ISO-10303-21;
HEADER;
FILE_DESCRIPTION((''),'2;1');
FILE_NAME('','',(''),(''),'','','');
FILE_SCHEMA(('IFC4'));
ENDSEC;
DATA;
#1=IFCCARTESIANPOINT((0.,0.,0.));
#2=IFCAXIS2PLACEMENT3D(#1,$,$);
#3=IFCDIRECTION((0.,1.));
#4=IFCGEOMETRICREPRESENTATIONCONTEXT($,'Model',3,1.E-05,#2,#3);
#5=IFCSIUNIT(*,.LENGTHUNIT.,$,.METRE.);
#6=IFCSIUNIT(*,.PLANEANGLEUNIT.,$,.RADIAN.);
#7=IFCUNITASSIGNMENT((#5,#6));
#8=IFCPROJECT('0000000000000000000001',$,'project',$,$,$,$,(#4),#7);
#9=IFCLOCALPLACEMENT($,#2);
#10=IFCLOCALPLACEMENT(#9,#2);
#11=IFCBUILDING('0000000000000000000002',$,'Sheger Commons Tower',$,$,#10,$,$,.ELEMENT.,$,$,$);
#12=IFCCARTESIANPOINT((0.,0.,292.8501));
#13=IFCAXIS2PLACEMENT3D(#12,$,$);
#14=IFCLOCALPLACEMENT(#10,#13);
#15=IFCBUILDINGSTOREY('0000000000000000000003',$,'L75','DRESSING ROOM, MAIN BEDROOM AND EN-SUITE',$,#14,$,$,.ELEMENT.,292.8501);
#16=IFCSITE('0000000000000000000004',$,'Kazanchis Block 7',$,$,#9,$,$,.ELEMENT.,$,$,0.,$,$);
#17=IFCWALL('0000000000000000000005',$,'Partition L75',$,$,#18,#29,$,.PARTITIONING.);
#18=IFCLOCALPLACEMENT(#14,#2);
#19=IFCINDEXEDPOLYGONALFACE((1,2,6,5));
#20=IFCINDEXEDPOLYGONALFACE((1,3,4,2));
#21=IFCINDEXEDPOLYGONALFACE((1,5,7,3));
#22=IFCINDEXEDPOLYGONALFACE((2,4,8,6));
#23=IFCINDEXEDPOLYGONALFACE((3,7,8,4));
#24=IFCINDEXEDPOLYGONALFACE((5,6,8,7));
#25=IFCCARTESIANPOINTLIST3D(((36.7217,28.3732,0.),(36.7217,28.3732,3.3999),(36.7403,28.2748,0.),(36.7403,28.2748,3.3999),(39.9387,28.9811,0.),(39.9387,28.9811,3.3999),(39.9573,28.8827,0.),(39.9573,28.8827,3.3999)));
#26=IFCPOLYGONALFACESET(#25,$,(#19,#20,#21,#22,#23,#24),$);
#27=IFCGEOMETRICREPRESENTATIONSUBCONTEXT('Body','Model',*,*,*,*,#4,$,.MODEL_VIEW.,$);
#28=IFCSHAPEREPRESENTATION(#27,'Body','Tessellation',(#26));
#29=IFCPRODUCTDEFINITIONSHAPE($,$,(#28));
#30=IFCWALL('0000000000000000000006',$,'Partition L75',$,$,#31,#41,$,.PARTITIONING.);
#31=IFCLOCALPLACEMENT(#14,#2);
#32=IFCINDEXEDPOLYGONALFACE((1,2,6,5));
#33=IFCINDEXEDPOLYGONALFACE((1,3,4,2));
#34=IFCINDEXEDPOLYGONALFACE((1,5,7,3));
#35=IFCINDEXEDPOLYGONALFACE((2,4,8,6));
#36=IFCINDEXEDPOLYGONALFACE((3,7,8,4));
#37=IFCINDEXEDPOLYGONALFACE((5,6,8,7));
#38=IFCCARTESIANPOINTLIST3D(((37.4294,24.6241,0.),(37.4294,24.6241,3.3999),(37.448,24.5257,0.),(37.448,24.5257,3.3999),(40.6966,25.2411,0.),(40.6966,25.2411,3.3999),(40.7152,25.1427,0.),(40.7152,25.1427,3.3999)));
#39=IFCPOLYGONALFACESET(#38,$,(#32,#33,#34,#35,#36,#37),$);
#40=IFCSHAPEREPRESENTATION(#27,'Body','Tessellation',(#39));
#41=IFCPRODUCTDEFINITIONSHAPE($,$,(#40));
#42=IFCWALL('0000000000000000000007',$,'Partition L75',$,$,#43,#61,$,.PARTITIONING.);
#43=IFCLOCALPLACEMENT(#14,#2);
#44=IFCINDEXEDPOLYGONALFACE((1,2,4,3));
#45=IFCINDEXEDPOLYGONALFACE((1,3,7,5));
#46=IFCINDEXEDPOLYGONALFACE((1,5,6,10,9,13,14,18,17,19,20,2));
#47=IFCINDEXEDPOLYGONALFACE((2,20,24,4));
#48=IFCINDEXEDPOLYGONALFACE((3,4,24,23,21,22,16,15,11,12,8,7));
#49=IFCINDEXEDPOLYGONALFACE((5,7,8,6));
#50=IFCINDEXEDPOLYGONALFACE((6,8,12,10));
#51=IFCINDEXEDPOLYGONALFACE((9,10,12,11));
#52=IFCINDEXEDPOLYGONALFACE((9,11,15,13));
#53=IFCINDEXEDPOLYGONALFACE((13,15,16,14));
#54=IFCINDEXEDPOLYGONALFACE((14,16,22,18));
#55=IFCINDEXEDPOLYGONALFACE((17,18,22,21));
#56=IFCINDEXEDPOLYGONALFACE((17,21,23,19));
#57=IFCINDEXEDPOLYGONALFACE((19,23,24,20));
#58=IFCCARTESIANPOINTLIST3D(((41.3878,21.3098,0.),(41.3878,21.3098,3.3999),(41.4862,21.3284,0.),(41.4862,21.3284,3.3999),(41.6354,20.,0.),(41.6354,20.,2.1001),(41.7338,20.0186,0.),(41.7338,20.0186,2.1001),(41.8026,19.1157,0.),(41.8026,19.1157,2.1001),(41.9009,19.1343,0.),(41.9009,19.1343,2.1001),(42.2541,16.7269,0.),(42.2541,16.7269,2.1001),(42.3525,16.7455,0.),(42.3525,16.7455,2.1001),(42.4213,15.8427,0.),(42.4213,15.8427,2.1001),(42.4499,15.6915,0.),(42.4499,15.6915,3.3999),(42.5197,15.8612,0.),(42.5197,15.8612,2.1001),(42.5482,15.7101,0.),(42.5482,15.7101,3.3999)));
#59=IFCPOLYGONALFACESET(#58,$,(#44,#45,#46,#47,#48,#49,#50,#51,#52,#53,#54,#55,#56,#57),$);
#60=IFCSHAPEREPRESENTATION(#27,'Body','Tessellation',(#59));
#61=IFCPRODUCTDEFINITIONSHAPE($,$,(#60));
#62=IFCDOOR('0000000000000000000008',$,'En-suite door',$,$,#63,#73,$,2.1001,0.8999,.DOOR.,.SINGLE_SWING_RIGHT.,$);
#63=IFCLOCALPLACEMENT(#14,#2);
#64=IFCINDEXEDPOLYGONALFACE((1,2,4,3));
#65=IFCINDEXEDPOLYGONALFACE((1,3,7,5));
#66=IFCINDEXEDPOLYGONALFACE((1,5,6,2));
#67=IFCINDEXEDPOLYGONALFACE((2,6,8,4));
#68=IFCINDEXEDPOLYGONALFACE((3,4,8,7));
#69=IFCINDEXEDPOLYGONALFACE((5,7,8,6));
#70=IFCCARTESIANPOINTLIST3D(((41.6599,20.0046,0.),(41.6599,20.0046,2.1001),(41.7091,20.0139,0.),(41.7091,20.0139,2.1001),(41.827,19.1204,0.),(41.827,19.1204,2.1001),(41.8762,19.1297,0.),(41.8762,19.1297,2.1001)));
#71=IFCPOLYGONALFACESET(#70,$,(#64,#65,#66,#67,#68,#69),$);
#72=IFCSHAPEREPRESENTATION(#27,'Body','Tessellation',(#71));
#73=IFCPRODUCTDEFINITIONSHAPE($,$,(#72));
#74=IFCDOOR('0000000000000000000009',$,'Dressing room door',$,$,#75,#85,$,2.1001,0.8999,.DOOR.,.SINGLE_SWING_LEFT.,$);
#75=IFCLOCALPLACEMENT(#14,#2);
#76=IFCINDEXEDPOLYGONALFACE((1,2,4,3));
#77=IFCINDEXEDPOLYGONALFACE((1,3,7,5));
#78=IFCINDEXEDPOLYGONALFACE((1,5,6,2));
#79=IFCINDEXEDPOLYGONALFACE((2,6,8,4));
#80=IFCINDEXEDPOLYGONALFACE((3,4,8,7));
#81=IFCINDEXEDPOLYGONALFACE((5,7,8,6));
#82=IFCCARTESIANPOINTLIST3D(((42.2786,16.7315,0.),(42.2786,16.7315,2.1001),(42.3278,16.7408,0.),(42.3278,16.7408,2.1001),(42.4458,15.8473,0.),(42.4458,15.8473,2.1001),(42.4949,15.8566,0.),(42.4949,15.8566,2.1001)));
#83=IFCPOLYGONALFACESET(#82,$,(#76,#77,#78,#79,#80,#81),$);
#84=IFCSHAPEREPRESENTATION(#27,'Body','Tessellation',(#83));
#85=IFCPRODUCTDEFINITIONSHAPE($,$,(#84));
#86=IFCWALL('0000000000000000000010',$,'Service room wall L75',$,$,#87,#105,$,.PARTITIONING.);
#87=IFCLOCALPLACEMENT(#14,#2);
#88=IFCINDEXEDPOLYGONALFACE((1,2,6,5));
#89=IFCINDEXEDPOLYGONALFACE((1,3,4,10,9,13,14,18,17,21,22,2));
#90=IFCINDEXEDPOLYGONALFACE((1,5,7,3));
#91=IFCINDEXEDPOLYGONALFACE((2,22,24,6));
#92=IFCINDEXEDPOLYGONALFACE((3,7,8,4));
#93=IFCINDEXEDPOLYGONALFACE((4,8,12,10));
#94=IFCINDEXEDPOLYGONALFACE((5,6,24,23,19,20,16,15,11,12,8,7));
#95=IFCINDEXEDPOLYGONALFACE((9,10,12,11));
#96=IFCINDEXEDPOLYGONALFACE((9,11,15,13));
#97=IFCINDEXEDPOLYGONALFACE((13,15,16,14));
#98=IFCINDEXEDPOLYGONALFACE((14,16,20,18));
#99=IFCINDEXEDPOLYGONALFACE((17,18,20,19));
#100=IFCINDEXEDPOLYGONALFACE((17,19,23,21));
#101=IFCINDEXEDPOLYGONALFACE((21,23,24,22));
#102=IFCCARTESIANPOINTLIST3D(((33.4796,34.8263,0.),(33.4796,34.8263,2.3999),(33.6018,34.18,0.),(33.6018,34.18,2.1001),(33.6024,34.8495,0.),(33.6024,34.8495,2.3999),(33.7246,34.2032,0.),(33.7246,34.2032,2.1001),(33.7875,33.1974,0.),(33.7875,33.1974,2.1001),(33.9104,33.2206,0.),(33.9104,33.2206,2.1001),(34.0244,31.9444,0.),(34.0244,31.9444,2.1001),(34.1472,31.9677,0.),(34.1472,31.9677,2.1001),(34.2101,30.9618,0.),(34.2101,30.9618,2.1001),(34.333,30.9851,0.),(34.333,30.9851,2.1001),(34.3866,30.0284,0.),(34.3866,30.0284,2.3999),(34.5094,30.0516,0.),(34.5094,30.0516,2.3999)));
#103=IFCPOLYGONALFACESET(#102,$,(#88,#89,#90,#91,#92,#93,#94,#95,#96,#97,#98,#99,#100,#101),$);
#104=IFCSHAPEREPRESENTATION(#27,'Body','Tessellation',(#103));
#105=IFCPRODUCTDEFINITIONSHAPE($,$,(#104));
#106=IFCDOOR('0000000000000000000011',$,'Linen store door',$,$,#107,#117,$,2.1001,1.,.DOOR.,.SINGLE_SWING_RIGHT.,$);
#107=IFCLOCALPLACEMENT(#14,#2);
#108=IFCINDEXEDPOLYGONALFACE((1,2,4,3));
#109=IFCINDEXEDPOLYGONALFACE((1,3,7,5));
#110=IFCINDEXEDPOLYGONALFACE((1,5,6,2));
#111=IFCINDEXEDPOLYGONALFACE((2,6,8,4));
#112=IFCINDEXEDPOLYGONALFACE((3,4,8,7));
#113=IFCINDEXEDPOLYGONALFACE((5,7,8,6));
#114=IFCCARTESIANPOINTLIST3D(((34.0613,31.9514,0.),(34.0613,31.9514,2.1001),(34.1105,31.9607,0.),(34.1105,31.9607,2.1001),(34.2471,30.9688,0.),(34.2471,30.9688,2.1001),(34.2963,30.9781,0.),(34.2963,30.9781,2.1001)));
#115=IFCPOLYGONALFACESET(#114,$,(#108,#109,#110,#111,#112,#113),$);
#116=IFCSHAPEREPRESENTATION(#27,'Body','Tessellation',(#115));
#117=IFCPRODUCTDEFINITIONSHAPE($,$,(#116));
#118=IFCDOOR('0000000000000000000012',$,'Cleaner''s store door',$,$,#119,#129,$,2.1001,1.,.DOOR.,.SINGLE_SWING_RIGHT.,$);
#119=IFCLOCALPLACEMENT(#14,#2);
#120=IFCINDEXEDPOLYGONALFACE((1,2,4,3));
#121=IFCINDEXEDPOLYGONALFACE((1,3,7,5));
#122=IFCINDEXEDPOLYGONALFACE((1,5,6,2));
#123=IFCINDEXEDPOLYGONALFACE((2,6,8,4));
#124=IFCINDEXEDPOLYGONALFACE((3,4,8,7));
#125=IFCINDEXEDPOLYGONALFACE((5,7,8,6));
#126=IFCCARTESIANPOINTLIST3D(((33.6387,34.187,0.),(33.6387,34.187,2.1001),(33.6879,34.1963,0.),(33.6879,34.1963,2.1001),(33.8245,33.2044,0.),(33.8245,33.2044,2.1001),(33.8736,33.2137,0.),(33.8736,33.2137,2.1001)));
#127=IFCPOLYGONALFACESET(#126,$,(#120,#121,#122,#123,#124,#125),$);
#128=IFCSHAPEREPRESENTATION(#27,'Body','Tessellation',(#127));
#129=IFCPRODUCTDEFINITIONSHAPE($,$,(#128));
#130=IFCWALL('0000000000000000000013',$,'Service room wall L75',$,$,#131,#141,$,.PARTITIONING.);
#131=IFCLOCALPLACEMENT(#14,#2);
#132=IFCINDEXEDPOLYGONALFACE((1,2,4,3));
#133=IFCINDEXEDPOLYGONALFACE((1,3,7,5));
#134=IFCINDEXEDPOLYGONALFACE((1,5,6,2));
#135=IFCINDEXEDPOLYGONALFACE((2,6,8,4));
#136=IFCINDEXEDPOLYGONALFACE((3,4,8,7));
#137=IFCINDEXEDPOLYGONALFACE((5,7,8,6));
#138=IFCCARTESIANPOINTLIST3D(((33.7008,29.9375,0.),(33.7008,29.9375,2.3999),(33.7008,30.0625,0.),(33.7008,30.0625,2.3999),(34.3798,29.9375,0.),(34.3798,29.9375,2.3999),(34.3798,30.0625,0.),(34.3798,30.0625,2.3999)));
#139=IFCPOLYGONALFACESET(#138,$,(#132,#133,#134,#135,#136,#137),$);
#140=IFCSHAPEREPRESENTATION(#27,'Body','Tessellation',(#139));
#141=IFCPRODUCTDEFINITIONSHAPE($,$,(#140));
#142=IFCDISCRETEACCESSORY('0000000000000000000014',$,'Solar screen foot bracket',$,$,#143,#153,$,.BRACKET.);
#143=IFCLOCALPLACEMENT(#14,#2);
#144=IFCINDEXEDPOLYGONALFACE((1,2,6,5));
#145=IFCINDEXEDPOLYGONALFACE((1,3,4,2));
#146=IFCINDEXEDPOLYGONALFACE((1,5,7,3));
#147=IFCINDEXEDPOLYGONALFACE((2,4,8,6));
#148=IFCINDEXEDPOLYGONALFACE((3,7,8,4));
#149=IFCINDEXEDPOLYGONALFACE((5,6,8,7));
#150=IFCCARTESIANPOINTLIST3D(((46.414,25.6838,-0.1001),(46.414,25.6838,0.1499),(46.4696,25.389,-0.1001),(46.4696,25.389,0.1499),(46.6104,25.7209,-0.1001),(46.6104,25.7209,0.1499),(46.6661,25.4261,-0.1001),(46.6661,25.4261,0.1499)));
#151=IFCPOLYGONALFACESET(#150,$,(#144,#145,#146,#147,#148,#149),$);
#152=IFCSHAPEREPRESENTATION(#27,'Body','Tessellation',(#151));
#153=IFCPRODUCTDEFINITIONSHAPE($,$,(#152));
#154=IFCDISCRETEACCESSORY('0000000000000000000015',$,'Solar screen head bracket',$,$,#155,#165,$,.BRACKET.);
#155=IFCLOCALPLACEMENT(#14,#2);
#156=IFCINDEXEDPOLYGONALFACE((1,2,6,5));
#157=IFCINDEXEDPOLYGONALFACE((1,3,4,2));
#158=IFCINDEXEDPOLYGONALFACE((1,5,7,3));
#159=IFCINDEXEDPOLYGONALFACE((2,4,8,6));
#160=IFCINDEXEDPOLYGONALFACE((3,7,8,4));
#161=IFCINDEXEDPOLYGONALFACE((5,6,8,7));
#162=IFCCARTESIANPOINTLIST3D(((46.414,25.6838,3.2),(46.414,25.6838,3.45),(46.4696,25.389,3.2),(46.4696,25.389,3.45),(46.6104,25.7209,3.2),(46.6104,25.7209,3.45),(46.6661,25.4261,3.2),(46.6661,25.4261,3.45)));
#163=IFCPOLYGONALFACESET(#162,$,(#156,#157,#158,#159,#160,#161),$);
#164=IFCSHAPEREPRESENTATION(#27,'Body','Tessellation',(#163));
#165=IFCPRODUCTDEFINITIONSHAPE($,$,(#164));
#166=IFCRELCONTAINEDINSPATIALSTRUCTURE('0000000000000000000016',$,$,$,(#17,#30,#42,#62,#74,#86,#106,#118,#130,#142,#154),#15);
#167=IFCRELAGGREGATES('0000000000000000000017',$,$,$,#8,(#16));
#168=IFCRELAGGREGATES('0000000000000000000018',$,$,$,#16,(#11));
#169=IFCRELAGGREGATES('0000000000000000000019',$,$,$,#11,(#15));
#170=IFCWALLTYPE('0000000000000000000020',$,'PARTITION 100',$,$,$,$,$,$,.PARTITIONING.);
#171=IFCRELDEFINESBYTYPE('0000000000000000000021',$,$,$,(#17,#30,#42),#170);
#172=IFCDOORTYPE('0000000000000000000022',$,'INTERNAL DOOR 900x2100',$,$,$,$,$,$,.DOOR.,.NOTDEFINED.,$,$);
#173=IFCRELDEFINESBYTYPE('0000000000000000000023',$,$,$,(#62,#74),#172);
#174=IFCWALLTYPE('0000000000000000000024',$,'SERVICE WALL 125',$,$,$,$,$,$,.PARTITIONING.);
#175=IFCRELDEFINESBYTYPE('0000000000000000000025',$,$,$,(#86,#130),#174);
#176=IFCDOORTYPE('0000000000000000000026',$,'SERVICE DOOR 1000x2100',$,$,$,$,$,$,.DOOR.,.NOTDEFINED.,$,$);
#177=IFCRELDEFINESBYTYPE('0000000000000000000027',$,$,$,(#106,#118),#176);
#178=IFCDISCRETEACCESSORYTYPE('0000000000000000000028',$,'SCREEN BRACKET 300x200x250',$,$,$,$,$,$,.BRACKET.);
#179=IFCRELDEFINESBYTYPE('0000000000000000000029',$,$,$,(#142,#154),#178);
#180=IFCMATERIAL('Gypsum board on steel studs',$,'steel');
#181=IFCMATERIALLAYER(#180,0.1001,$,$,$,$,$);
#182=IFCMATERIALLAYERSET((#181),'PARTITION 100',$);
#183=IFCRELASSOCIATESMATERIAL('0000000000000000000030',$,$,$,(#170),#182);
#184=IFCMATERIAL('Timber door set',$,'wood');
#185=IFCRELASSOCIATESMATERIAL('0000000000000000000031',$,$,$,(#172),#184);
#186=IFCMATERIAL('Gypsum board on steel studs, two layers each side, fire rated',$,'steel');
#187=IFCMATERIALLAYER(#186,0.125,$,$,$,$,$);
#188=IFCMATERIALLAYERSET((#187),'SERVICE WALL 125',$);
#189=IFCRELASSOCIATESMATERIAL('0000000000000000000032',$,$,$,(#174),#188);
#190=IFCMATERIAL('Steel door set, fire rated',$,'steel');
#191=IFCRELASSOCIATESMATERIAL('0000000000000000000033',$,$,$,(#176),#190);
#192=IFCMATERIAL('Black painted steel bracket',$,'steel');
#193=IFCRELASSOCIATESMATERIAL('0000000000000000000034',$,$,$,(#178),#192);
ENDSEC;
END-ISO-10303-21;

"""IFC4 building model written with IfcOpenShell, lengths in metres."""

from ifc_helpers import new_model, si_unit, direction, frame, frame_2d, origin, origin_2d, place, context, subcontext, project, spatial, rectangle, extrude, material, layer, layer_set, type_object, element, fill, save


model = new_model("IFC4")

# Units and contexts
model_context = context("Model", 3, precision=1e-05, world=origin(), true_north=direction((0.0, 1.0)))
body_context = subcontext(model_context, "Body", "Model", "MODEL_VIEW")
ifc_project = project(units=[si_unit("LENGTHUNIT", "METRE"), si_unit("PLANEANGLEUNIT", "RADIAN")], contexts=[model_context])

# Site, building, storey
site_placement = place(None, origin())
site = spatial("IfcSite", under=ifc_project, at=site_placement, Name="Kazanchis Block 7", CompositionType="ELEMENT", RefElevation=0.0)
building_placement = place(site_placement, origin())
building = spatial("IfcBuilding", under=site, at=building_placement, Name="Sheger Commons Tower", CompositionType="ELEMENT")
storey_placement = place(building_placement, frame((0.0, 0.0, 292.8501)))
storey = spatial("IfcBuildingStorey", under=building, at=storey_placement, Name="L75", Description="DRESSING ROOM, MAIN BEDROOM AND EN-SUITE", CompositionType="ELEMENT", Elevation=292.8501)

# Walls
ifc_material_1 = material(Name="Gypsum board on steel studs", Category="steel")
ifc_layer_1 = layer(ifc_material_1, 0.1001)
ifc_layer_set_1 = layer_set([ifc_layer_1], Name="PARTITION 100")
wall_type_1 = type_object("IfcWallType", Name="PARTITION 100", PredefinedType="PARTITIONING", material=ifc_layer_set_1)
wall_1_placement = place(storey_placement, frame((39.948, 28.9319, 0.0), z_axis=(0.0, 0.0, 1.0), x_axis=(-0.98261, -0.18568, 0.0)))
element("IfcWall", 1, at=wall_1_placement, inside=storey, type_object=wall_type_1, Name="Partition L75", PredefinedType="PARTITIONING", context=body_context, shape_type="SweptSolid", body=[
    extrude(rectangle(XDim=3.2739, YDim=0.1001, at=frame_2d((1.637, 0.0))), origin(), (0.0, 0.0, 1.0), 3.3999),
])
wall_2_placement = place(storey_placement, frame((40.7061, 25.1919, 0.0), z_axis=(0.0, 0.0, 1.0), x_axis=(-0.982634, -0.185556, 0.0)))
element("IfcWall", 2, at=wall_2_placement, inside=storey, type_object=wall_type_1, Name="Partition L75", PredefinedType="PARTITIONING", context=body_context, shape_type="SweptSolid", body=[
    extrude(rectangle(XDim=3.325, YDim=0.1001, at=frame_2d((1.6626, 0.0))), origin(), (0.0, 0.0, 1.0), 3.3999),
])

# Walls, openings, doors
wall_3_placement = place(storey_placement, frame((41.437, 21.3191, 0.0), z_axis=(0.0, 0.0, 1.0), x_axis=(0.185742, -0.982598, 0.0)))
wall_3 = element("IfcWall", 3, at=wall_3_placement, inside=storey, type_object=wall_type_1, Name="Partition L75", PredefinedType="PARTITIONING", context=body_context, shape_type="SweptSolid", body=[
    extrude(rectangle(XDim=5.7178, YDim=0.1001, at=frame_2d((2.8589, 0.0))), origin(), (0.0, 0.0, 1.0), 3.3999),
])
opening_1_placement = place(wall_3_placement, frame((1.333, 0.0, 0.0)))
opening_1 = element("IfcOpeningElement", 4, at=opening_1_placement, cuts=wall_3, PredefinedType="OPENING", context=body_context, shape_type="SweptSolid", body=[
    extrude(rectangle(XDim=0.8999, YDim=2.1001, at=frame_2d((0.45, 1.05))), frame((0.0, 0.0601, 0.0), z_axis=(0.0, -1.0, 0.0), x_axis=(1.0, 0.0, 0.0)), (0.0, 0.0, 1.0), 0.1201),
])
opening_2_placement = place(wall_3_placement, frame((4.6641, 0.0, 0.0)))
opening_2 = element("IfcOpeningElement", 5, at=opening_2_placement, cuts=wall_3, PredefinedType="OPENING", context=body_context, shape_type="SweptSolid", body=[
    extrude(rectangle(XDim=0.8999, YDim=2.1001, at=frame_2d((0.45, 1.05))), frame((0.0, 0.0601, 0.0), z_axis=(0.0, -1.0, 0.0), x_axis=(1.0, 0.0, 0.0)), (0.0, 0.0, 1.0), 0.1201),
])
ifc_material_2 = material(Name="Timber door set", Category="wood")
door_type_1 = type_object("IfcDoorType", Name="INTERNAL DOOR 900x2100", OperationType="NOTDEFINED", PredefinedType="DOOR", material=ifc_material_2)
door_1_placement = place(opening_1_placement, origin())
door_1 = element("IfcDoor", 6, at=door_1_placement, inside=storey, type_object=door_type_1, Name="En-suite door", OperationType="SINGLE_SWING_RIGHT", OverallHeight=2.1001, OverallWidth=0.8999, PredefinedType="DOOR", context=body_context, shape_type="SweptSolid", body=[
    extrude(rectangle(XDim=0.8999, YDim=2.1001, at=frame_2d((0.45, 1.05))), frame((0.0, 0.0249, 0.0), z_axis=(0.0, -1.0, 0.0), x_axis=(1.0, 0.0, 0.0)), (0.0, 0.0, 1.0), 0.05),
])
fill(opening_1, door_1)
door_2_placement = place(opening_2_placement, origin())
door_2 = element("IfcDoor", 7, at=door_2_placement, inside=storey, type_object=door_type_1, Name="Dressing room door", OperationType="SINGLE_SWING_LEFT", OverallHeight=2.1001, OverallWidth=0.8999, PredefinedType="DOOR", context=body_context, shape_type="SweptSolid", body=[
    extrude(rectangle(XDim=0.8999, YDim=2.1001, at=frame_2d((0.45, 1.05))), frame((0.0, 0.0249, 0.0), z_axis=(0.0, -1.0, 0.0), x_axis=(1.0, 0.0, 0.0)), (0.0, 0.0, 1.0), 0.05),
])
fill(opening_2, door_2)
ifc_material_3 = material(Name="Gypsum board on steel studs, two layers each side, fire rated", Category="steel")
ifc_layer_2 = layer(ifc_material_3, 0.125)
ifc_layer_set_2 = layer_set([ifc_layer_2], Name="SERVICE WALL 125")
wall_type_2 = type_object("IfcWallType", Name="SERVICE WALL 125", PredefinedType="PARTITIONING", material=ifc_layer_set_2)
wall_4_placement = place(storey_placement, frame((34.448, 30.04, 0.0), z_axis=(0.0, 0.0, 1.0), x_axis=(-0.185749, 0.982597, 0.0)))
wall_4 = element("IfcWall", 8, at=wall_4_placement, inside=storey, type_object=wall_type_2, Name="Service room wall L75", PredefinedType="PARTITIONING", context=body_context, shape_type="SweptSolid", body=[
    extrude(rectangle(XDim=4.8828, YDim=0.125, at=frame_2d((2.4414, 0.0))), origin(), (0.0, 0.0, 1.0), 2.3999),
])
opening_3_placement = place(wall_4_placement, frame((0.95, 0.0, 0.0)))
opening_3 = element("IfcOpeningElement", 9, at=opening_3_placement, cuts=wall_4, PredefinedType="OPENING", context=body_context, shape_type="SweptSolid", body=[
    extrude(rectangle(XDim=1.0, YDim=2.1001, at=frame_2d((0.5, 1.05))), frame((0.0, 0.0725, 0.0), z_axis=(0.0, -1.0, 0.0), x_axis=(1.0, 0.0, 0.0)), (0.0, 0.0, 1.0), 0.145),
])
opening_4_placement = place(wall_4_placement, frame((3.2251, 0.0, 0.0)))
opening_4 = element("IfcOpeningElement", 10, at=opening_4_placement, cuts=wall_4, PredefinedType="OPENING", context=body_context, shape_type="SweptSolid", body=[
    extrude(rectangle(XDim=1.0, YDim=2.1001, at=frame_2d((0.5, 1.05))), frame((0.0, 0.0725, 0.0), z_axis=(0.0, -1.0, 0.0), x_axis=(1.0, 0.0, 0.0)), (0.0, 0.0, 1.0), 0.145),
])
ifc_material_4 = material(Name="Steel door set, fire rated", Category="steel")
door_type_2 = type_object("IfcDoorType", Name="SERVICE DOOR 1000x2100", OperationType="NOTDEFINED", PredefinedType="DOOR", material=ifc_material_4)
door_3_placement = place(opening_3_placement, origin())
door_3 = element("IfcDoor", 11, at=door_3_placement, inside=storey, type_object=door_type_2, Name="Linen store door", OperationType="SINGLE_SWING_RIGHT", OverallHeight=2.1001, OverallWidth=1.0, PredefinedType="DOOR", context=body_context, shape_type="SweptSolid", body=[
    extrude(rectangle(XDim=1.0, YDim=2.1001, at=frame_2d((0.5, 1.05))), frame((0.0, 0.0249, 0.0), z_axis=(0.0, -1.0, 0.0), x_axis=(1.0, 0.0, 0.0)), (0.0, 0.0, 1.0), 0.05),
])
fill(opening_3, door_3)
door_4_placement = place(opening_4_placement, origin())
door_4 = element("IfcDoor", 12, at=door_4_placement, inside=storey, type_object=door_type_2, Name="Cleaner's store door", OperationType="SINGLE_SWING_RIGHT", OverallHeight=2.1001, OverallWidth=1.0, PredefinedType="DOOR", context=body_context, shape_type="SweptSolid", body=[
    extrude(rectangle(XDim=1.0, YDim=2.1001, at=frame_2d((0.5, 1.05))), frame((0.0, 0.0249, 0.0), z_axis=(0.0, -1.0, 0.0), x_axis=(1.0, 0.0, 0.0)), (0.0, 0.0, 1.0), 0.05),
])
fill(opening_4, door_4)

# Wall
wall_5_placement = place(storey_placement, frame((33.7009, 30.0, 0.0), z_axis=(0.0, 0.0, 1.0), x_axis=(1.0, 0.0, 0.0)))
element("IfcWall", 13, at=wall_5_placement, inside=storey, type_object=wall_type_2, Name="Service room wall L75", PredefinedType="PARTITIONING", context=body_context, shape_type="SweptSolid", body=[
    extrude(rectangle(XDim=0.679, YDim=0.125, at=frame_2d((0.3394, 0.0))), origin(), (0.0, 0.0, 1.0), 2.3999),
])

# Discrete accessories
ifc_material_5 = material(Name="Black painted steel bracket", Category="steel")
discrete_accessory_type = type_object("IfcDiscreteAccessoryType", Name="SCREEN BRACKET 300x200x250", PredefinedType="BRACKET", material=ifc_material_5)
for number, where, z_axis, x_axis, name in (
    (14, (46.54, 25.5549, -0.1001), (0.0, 0.0, 1.0), (-0.185615, 0.982623, 0.0), "Solar screen foot bracket"),
    (15, (46.54, 25.5549, 3.2), (0.0, 0.0, 1.0), (-0.185615, 0.982623, 0.0), "Solar screen head bracket"),
):
    element("IfcDiscreteAccessory", number, at=place(storey_placement, frame(where, z_axis=z_axis, x_axis=x_axis)), inside=storey, type_object=discrete_accessory_type, Name=name, PredefinedType="BRACKET", context=body_context, shape_type="SweptSolid", body=[
        extrude(rectangle(XDim=0.3, YDim=0.2, at=origin_2d()), origin(), (0.0, 0.0, 1.0), 0.25),
    ])

save(model, "model.ifc")
